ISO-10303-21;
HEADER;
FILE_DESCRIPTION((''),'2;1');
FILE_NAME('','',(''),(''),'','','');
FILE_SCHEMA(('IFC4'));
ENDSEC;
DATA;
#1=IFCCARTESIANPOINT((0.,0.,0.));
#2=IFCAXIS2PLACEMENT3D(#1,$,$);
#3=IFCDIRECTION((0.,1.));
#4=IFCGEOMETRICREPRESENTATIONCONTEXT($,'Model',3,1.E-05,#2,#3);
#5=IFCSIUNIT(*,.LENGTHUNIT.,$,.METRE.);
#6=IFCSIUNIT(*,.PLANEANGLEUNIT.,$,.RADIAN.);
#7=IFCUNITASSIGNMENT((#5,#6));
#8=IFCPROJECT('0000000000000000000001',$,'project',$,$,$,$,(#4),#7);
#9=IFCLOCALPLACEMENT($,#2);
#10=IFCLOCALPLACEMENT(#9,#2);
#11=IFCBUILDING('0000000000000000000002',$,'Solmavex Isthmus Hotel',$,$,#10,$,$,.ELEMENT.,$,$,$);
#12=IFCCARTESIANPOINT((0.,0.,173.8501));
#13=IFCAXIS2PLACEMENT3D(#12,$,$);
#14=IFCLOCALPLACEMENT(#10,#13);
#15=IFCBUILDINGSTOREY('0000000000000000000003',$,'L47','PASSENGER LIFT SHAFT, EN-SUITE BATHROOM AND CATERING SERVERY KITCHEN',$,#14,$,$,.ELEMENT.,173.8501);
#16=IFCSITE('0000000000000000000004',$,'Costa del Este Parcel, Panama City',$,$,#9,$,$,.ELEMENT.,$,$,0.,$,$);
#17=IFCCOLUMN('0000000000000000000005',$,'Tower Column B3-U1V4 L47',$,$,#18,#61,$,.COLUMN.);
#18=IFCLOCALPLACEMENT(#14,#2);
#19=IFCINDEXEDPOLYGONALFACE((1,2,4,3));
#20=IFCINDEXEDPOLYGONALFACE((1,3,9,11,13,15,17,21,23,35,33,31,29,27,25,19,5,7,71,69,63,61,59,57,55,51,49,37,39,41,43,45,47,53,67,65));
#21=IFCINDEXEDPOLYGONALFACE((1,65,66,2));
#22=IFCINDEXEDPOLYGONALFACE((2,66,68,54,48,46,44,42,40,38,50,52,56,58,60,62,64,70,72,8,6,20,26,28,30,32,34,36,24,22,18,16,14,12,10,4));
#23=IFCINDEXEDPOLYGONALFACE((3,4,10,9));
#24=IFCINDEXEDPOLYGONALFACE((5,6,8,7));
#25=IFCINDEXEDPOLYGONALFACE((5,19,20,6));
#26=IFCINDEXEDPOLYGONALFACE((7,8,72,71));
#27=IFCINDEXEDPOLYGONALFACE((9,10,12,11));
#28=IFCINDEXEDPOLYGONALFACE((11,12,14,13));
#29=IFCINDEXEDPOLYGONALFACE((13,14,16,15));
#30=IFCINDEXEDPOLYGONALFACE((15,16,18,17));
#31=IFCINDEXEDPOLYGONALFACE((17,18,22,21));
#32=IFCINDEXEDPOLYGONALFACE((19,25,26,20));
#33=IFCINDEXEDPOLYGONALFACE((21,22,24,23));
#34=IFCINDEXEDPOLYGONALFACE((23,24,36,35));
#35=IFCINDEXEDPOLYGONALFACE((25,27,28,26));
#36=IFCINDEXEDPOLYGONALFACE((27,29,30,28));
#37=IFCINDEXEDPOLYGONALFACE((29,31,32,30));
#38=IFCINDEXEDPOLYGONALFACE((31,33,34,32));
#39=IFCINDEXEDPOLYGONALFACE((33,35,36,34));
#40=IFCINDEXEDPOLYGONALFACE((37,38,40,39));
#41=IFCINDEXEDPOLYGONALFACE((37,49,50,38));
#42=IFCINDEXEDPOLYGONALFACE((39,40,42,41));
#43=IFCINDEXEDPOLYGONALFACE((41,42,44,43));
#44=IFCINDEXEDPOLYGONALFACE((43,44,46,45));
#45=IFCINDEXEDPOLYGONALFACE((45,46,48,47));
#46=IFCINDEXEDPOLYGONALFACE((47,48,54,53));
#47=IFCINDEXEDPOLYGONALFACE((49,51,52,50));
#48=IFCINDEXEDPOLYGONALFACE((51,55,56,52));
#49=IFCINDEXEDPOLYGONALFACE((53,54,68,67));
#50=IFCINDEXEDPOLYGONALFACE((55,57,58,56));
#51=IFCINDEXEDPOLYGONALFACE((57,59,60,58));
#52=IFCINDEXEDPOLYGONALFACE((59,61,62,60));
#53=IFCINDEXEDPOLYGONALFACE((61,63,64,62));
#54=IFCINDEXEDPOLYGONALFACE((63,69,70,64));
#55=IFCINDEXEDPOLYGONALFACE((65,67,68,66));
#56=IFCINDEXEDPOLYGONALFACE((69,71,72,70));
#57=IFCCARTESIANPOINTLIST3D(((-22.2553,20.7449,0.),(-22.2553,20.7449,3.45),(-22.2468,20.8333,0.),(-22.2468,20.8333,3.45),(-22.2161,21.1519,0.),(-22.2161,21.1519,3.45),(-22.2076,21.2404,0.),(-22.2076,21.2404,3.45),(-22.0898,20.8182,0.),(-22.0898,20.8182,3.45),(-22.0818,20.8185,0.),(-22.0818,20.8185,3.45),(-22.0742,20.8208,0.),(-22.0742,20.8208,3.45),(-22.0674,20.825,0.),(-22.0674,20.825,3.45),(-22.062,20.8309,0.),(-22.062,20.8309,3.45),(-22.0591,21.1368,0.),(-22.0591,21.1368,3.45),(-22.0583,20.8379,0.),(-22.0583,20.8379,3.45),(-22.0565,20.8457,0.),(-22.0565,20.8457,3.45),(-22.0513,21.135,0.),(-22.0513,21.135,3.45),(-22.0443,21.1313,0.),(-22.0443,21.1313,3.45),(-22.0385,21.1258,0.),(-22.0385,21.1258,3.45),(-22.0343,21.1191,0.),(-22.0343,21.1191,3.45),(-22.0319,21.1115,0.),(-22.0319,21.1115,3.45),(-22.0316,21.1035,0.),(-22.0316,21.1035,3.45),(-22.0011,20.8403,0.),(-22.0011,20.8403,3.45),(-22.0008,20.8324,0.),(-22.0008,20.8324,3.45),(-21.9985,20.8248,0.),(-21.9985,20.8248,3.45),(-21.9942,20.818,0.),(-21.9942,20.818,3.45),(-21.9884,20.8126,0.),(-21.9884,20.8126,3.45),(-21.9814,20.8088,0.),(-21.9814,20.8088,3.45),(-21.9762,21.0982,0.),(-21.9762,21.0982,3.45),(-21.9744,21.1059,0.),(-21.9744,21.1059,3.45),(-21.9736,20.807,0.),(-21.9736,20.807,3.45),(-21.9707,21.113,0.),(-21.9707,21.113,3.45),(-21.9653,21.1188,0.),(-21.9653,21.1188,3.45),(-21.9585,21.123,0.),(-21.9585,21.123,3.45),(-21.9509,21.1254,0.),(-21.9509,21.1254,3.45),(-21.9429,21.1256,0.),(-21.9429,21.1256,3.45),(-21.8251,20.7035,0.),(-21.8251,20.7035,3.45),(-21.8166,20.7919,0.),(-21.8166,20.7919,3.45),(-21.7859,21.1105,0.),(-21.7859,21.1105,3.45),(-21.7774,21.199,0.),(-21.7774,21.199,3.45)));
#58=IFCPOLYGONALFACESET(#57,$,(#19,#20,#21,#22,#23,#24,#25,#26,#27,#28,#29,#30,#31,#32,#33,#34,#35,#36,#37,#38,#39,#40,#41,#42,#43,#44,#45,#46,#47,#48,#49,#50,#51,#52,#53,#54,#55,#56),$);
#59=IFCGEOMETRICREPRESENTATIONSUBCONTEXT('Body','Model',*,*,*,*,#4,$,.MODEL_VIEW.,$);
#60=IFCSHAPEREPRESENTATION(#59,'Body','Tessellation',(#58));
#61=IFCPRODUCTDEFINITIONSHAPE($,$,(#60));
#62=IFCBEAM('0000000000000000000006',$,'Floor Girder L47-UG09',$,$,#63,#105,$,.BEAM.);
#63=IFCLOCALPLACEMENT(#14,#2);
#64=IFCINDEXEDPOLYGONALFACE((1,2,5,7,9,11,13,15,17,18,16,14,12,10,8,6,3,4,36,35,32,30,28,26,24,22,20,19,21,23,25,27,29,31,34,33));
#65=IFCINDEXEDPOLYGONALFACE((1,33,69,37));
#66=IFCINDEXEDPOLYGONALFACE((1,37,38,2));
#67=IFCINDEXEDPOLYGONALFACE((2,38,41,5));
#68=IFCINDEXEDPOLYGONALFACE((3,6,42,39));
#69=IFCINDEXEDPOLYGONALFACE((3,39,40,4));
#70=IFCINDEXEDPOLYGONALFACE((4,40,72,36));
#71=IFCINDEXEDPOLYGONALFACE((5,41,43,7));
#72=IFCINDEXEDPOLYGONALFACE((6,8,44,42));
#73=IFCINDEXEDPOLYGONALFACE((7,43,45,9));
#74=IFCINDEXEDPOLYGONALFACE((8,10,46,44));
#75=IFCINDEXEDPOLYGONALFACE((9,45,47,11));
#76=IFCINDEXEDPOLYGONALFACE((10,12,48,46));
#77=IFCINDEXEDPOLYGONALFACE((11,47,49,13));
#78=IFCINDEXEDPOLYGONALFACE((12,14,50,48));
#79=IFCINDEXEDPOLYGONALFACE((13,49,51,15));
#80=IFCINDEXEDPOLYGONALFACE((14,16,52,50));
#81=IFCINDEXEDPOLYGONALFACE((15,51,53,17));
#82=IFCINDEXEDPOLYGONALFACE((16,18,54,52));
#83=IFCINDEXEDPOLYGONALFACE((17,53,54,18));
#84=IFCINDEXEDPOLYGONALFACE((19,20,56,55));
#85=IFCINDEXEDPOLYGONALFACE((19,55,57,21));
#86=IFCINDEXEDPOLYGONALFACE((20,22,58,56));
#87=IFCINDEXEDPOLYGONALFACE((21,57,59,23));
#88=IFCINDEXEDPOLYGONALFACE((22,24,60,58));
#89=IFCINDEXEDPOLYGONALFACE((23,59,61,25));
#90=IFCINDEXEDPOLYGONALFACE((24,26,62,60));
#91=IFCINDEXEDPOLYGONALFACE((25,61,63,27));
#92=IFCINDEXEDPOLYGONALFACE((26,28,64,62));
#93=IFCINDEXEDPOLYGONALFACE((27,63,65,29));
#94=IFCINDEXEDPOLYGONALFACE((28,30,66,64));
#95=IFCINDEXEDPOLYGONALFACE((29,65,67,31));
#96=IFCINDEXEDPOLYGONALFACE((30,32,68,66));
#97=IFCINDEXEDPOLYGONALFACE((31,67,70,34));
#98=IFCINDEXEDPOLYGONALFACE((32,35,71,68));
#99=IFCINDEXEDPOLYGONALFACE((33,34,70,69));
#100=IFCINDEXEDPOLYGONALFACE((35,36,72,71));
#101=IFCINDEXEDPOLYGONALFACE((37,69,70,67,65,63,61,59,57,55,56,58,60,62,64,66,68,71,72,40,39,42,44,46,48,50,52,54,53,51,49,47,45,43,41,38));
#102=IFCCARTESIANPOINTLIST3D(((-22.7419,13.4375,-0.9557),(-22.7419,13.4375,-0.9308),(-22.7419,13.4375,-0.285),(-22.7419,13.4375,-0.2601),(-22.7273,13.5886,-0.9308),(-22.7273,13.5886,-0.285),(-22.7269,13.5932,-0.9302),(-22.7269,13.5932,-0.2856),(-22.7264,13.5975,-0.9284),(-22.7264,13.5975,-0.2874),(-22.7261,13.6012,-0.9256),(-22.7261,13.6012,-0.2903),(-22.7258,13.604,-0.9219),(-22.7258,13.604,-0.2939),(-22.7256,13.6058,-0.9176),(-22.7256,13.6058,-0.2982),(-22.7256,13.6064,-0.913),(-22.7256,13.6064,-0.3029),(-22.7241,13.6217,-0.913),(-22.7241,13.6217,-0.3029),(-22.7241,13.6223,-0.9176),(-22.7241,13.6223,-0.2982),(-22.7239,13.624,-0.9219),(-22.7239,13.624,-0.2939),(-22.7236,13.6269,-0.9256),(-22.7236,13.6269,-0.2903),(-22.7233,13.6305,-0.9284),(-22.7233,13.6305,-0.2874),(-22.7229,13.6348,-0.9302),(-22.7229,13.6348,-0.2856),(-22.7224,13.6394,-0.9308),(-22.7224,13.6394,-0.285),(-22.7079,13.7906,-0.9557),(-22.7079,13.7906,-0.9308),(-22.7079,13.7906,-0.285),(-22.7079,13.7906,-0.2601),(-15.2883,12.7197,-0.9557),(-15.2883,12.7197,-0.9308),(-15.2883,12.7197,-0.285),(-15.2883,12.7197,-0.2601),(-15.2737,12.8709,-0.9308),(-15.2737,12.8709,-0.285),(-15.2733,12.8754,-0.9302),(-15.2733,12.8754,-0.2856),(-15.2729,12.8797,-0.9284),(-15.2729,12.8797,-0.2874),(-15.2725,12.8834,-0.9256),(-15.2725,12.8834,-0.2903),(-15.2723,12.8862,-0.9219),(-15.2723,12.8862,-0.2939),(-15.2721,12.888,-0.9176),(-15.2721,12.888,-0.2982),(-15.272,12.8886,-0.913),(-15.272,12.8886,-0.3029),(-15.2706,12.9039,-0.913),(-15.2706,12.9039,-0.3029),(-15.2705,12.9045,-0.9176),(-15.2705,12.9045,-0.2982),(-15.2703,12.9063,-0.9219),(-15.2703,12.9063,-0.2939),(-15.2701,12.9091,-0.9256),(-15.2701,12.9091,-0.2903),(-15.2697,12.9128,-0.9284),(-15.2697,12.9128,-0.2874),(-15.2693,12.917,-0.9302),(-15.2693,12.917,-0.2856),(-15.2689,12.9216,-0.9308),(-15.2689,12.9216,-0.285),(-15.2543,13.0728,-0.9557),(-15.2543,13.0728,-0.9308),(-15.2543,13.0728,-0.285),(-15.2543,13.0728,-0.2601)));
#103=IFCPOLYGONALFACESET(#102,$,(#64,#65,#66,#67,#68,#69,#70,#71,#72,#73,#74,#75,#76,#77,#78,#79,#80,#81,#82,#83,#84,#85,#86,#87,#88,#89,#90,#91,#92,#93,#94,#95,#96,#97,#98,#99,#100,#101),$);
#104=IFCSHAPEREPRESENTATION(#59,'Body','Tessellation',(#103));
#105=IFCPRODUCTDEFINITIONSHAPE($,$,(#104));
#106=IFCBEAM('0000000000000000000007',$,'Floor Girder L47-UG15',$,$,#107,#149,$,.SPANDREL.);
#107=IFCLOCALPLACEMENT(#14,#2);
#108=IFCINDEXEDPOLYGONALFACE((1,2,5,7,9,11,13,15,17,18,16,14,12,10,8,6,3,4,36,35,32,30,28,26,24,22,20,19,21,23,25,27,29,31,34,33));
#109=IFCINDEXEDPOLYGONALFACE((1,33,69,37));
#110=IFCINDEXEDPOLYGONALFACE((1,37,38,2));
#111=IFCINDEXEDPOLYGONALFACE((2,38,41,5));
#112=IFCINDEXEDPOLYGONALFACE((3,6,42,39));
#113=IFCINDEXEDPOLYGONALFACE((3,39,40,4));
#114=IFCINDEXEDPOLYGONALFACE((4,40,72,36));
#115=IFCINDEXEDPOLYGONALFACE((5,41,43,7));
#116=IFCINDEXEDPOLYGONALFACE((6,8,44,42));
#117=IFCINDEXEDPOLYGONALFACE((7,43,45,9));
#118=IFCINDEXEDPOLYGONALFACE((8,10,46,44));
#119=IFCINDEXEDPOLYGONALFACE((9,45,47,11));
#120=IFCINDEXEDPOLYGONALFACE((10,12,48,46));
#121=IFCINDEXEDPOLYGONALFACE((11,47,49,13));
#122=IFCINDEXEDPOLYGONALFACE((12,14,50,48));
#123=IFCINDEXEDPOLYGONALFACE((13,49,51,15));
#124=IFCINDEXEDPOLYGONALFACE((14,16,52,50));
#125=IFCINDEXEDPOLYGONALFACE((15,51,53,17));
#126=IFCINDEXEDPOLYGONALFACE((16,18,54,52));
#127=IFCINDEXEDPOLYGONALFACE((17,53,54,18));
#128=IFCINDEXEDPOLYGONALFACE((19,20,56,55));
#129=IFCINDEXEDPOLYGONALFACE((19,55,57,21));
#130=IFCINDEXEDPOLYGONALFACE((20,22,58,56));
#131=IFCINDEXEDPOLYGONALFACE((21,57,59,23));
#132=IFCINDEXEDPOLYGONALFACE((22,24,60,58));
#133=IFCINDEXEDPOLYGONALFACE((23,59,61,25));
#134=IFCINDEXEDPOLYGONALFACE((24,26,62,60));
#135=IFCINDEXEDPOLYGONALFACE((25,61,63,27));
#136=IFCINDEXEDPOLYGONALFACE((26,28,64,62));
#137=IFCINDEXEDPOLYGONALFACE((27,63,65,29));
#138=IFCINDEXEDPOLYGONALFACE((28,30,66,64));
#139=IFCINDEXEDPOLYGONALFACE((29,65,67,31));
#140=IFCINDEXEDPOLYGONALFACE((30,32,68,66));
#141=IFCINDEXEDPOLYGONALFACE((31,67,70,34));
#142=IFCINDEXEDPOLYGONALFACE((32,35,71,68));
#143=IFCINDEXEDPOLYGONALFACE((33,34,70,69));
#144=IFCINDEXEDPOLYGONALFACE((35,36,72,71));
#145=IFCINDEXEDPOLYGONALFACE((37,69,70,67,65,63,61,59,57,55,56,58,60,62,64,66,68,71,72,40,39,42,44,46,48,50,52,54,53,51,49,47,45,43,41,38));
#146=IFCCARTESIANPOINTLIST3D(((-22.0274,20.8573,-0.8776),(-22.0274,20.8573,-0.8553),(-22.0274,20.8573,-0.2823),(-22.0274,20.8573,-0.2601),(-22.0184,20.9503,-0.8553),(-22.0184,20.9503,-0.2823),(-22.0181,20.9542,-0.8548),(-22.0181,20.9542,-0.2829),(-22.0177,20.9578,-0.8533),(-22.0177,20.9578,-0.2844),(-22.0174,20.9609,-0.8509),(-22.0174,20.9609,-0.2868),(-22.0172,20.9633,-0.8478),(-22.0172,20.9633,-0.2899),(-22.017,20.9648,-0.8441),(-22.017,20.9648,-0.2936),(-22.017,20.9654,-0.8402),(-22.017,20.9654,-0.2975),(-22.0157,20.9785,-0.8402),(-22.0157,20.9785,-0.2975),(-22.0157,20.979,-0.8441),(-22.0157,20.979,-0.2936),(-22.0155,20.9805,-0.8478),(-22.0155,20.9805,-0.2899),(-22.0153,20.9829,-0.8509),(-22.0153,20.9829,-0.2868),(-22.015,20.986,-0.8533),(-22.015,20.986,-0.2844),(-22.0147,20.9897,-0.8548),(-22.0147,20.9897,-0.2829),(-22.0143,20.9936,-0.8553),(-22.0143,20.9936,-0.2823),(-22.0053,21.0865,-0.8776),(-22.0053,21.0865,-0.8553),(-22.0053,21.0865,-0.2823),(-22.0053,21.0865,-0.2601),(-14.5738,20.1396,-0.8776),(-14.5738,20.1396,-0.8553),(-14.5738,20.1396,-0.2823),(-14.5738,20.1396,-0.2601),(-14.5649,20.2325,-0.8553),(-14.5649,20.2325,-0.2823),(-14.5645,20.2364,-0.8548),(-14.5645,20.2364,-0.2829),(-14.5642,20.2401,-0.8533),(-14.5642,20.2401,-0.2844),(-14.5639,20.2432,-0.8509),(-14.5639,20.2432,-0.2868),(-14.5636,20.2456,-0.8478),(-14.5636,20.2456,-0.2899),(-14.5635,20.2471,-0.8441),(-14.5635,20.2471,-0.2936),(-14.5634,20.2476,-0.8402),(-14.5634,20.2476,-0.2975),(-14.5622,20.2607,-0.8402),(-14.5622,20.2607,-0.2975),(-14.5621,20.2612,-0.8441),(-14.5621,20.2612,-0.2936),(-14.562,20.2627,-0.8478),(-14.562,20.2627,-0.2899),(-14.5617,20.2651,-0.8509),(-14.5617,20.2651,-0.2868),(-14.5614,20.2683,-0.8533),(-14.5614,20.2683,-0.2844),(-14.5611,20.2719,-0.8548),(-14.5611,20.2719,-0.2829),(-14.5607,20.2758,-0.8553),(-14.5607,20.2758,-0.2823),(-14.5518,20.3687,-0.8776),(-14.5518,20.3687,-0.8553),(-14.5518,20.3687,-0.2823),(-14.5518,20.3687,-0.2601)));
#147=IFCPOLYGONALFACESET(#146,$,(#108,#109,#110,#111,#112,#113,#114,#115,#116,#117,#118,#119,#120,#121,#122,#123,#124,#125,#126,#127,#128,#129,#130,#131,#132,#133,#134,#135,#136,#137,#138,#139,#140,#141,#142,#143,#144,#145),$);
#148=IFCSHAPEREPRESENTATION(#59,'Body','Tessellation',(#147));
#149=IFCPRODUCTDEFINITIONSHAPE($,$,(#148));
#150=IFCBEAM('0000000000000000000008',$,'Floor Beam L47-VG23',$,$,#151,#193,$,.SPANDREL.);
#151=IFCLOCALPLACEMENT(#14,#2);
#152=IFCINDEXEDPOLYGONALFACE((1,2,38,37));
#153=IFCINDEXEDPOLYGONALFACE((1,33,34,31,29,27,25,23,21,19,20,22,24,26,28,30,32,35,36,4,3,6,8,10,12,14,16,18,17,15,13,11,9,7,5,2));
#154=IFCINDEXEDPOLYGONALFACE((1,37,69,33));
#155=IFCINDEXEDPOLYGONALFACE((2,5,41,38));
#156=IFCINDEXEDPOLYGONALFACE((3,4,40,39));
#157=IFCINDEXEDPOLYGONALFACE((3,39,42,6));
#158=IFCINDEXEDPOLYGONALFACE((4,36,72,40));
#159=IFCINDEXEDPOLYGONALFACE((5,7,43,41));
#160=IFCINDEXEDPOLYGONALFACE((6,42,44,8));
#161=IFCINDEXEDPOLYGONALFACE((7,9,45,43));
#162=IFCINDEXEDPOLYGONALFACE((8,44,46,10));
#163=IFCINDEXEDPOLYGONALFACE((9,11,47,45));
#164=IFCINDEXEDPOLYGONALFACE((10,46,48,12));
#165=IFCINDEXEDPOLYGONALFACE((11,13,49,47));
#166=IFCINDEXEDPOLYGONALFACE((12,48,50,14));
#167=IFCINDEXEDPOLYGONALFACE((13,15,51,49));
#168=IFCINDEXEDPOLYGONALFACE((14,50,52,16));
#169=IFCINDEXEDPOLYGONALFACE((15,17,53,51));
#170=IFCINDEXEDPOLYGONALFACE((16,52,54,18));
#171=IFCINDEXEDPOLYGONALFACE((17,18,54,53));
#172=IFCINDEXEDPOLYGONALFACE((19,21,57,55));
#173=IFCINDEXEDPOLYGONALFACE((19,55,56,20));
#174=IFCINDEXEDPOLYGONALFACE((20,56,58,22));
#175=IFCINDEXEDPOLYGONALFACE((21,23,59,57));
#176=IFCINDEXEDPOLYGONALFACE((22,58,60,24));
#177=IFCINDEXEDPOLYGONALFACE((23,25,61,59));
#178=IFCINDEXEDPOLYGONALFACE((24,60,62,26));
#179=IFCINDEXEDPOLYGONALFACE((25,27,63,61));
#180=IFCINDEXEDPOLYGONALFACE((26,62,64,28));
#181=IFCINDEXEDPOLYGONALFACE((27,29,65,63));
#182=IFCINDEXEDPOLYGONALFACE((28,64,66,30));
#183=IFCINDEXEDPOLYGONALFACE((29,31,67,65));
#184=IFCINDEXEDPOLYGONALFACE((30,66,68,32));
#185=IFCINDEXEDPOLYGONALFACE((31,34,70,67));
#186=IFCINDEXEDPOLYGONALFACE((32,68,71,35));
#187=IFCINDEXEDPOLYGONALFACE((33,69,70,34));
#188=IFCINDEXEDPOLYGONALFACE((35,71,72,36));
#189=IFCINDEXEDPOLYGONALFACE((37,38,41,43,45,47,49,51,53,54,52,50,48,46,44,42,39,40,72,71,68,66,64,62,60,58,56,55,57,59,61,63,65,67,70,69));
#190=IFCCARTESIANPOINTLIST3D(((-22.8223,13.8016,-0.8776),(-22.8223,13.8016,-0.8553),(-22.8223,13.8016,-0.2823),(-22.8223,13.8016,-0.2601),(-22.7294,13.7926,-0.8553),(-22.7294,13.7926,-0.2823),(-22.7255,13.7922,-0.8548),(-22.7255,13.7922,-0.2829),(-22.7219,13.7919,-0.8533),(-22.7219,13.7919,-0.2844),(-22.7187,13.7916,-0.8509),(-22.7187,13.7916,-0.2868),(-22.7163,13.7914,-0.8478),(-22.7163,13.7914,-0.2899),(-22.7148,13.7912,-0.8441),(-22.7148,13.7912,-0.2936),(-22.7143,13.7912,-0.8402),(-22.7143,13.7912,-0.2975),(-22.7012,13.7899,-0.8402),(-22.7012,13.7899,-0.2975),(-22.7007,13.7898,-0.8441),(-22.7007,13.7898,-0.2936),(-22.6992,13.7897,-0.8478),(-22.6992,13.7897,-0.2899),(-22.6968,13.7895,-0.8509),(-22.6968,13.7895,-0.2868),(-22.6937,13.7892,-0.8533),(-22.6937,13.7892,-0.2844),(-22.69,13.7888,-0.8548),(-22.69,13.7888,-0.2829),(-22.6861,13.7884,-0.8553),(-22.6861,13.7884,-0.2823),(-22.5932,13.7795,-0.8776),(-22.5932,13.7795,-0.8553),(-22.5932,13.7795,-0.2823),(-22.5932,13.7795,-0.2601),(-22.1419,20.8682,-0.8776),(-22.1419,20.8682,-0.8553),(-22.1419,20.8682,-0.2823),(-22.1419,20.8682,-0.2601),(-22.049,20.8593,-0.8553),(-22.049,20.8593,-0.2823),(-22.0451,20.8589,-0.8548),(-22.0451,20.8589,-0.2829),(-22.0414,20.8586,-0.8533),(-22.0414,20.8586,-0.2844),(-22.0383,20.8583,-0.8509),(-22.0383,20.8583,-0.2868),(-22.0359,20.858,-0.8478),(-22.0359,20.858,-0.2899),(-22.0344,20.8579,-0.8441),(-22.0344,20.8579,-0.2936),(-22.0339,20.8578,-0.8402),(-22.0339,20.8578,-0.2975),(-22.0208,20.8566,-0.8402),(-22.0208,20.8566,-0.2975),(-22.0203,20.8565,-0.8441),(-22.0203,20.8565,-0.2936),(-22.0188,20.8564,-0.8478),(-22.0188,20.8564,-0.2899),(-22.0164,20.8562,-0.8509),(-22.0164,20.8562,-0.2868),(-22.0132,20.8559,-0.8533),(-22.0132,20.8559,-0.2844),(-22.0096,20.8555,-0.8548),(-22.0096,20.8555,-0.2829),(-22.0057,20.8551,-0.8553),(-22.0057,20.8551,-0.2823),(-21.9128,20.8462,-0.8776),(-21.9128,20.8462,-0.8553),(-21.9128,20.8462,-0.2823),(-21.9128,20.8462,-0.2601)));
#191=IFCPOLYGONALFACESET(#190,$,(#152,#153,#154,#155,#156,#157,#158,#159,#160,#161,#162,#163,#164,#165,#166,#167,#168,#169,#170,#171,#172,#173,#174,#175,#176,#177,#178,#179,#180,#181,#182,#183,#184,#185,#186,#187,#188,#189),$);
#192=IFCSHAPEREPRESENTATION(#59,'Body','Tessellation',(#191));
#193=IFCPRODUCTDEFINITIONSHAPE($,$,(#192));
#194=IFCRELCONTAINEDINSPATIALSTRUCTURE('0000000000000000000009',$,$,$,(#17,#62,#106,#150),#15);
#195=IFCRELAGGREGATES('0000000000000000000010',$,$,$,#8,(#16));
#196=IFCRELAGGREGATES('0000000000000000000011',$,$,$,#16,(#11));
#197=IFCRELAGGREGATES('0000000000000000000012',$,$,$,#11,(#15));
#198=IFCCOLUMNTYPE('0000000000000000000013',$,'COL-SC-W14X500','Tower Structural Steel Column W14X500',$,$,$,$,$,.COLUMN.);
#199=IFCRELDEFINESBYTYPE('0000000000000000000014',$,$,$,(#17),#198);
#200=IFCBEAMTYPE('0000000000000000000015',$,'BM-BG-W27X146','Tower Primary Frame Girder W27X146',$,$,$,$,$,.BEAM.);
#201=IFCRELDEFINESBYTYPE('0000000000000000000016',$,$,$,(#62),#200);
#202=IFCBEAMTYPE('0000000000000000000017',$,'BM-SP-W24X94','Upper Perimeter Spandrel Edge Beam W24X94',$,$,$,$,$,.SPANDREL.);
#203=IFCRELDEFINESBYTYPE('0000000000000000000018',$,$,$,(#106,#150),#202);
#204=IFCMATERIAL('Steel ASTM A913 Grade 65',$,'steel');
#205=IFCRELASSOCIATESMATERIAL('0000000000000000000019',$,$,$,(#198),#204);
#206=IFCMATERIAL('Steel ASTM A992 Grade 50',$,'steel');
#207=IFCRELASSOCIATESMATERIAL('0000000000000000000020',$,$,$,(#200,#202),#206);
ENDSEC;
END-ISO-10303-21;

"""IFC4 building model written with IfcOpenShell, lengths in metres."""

from ifc_helpers import new_model, si_unit, direction, frame, origin, origin_2d, place, context, subcontext, project, spatial, i_section, extrude, material, material_profile, profile_set, type_object, element, save


model = new_model("IFC4")

# Units and contexts
model_context = context("Model", 3, precision=1e-05, world=origin(), true_north=direction((0.0, 1.0)))
body_context = subcontext(model_context, "Body", "Model", "MODEL_VIEW")
ifc_project = project(units=[si_unit("LENGTHUNIT", "METRE"), si_unit("PLANEANGLEUNIT", "RADIAN")], contexts=[model_context])

# Site, building, storey
site_placement = place(None, origin())
site = spatial("IfcSite", under=ifc_project, at=site_placement, Name="Costa del Este Parcel, Panama City", CompositionType="ELEMENT", RefElevation=0.0)
building_placement = place(site_placement, origin())
building = spatial("IfcBuilding", under=site, at=building_placement, Name="Solmavex Isthmus Hotel", CompositionType="ELEMENT")
storey_placement = place(building_placement, frame((0.0, 0.0, 173.8501)))
storey = spatial("IfcBuildingStorey", under=building, at=storey_placement, Name="L47", Description="PASSENGER LIFT SHAFT, EN-SUITE BATHROOM AND CATERING SERVERY KITCHEN", CompositionType="ELEMENT", Elevation=173.8501)

# Column
ifc_material_1 = material(Name="Steel ASTM A913 Grade 65", Category="steel")
ifc_material_profile_1 = material_profile(ifc_material_1, i_section(OverallWidth=0.4321, OverallDepth=0.4978, WebThickness=0.0557, FlangeThickness=0.0889, FilletRadius=0.0305, at=origin_2d()), Name="W14X500")
ifc_profile_set_1 = profile_set([ifc_material_profile_1], Name="Steel ASTM A913 Grade 65")
column_type = type_object("IfcColumnType", Name="COL-SC-W14X500", Description="Tower Structural Steel Column W14X500", PredefinedType="COLUMN", material=ifc_profile_set_1)
column_placement = place(storey_placement, frame((-22.0164, 20.9719, 0.0), z_axis=(0.0, 0.0, 1.0), x_axis=(0.995396, -0.095846, 0.0)))
element("IfcColumn", 1, at=column_placement, inside=storey, type_object=column_type, Name="Tower Column B3-U1V4 L47", PredefinedType="COLUMN", context=body_context, shape_type="SweptSolid", body=[
    extrude(i_section(OverallWidth=0.4321, OverallDepth=0.4978, WebThickness=0.0557, FlangeThickness=0.0889, FilletRadius=0.0305, at=origin_2d()), origin(), (0.0, 0.0, 1.0), 3.45),
])

# Beams
ifc_material_2 = material(Name="Steel ASTM A992 Grade 50", Category="steel")
ifc_material_profile_2 = material_profile(ifc_material_2, i_section(OverallWidth=0.3547, OverallDepth=0.6956, WebThickness=0.0154, FlangeThickness=0.0249, FilletRadius=0.0178, at=origin_2d()), Name="W27X146")
ifc_profile_set_2 = profile_set([ifc_material_profile_2], Name="Steel ASTM A992 Grade 50")
beam_type_1 = type_object("IfcBeamType", Name="BM-BG-W27X146", Description="Tower Primary Frame Girder W27X146", PredefinedType="BEAM", material=ifc_profile_set_2)
beam_1_placement = place(storey_placement, frame((-22.7249, 13.614, -0.6079), z_axis=(0.995395, -0.095855, 0.0), x_axis=(0.095855, 0.995395, 0.0)))
element("IfcBeam", 2, at=beam_1_placement, inside=storey, type_object=beam_type_1, Name="Floor Girder L47-UG09", PredefinedType="BEAM", context=body_context, shape_type="SweptSolid", body=[
    extrude(i_section(OverallWidth=0.3547, OverallDepth=0.6956, WebThickness=0.0154, FlangeThickness=0.0249, FilletRadius=0.0178, at=origin_2d()), origin(), (0.0, 0.0, 1.0), 7.488),
])
ifc_material_profile_3 = material_profile(ifc_material_2, i_section(OverallWidth=0.2302, OverallDepth=0.6174, WebThickness=0.0132, FlangeThickness=0.0222, FilletRadius=0.0151, at=origin_2d()), Name="W24X94")
ifc_profile_set_3 = profile_set([ifc_material_profile_3], Name="Steel ASTM A992 Grade 50")
beam_type_2 = type_object("IfcBeamType", Name="BM-SP-W24X94", Description="Upper Perimeter Spandrel Edge Beam W24X94", PredefinedType="SPANDREL", material=ifc_profile_set_3)
beam_2_placement = place(storey_placement, frame((-22.0164, 20.9719, -0.5688), z_axis=(0.995395, -0.095855, 0.0), x_axis=(0.095855, 0.995395, 0.0)))
element("IfcBeam", 3, at=beam_2_placement, inside=storey, type_object=beam_type_2, Name="Floor Girder L47-UG15", PredefinedType="SPANDREL", context=body_context, shape_type="SweptSolid", body=[
    extrude(i_section(OverallWidth=0.2302, OverallDepth=0.6174, WebThickness=0.0132, FlangeThickness=0.0222, FilletRadius=0.0151, at=origin_2d()), origin(), (0.0, 0.0, 1.0), 7.488),
])
beam_3_placement = place(storey_placement, frame((-22.7078, 13.7905, -0.5688), z_axis=(0.095843, 0.995396, 0.0), x_axis=(-0.995396, 0.095843, 0.0)))
element("IfcBeam", 4, at=beam_3_placement, inside=storey, type_object=beam_type_2, Name="Floor Beam L47-VG23", PredefinedType="SPANDREL", context=body_context, shape_type="SweptSolid", body=[
    extrude(i_section(OverallWidth=0.2302, OverallDepth=0.6174, WebThickness=0.0132, FlangeThickness=0.0222, FilletRadius=0.0151, at=origin_2d()), origin(), (0.0, 0.0, 1.0), 7.0994),
])

save(model, "model.ifc")
